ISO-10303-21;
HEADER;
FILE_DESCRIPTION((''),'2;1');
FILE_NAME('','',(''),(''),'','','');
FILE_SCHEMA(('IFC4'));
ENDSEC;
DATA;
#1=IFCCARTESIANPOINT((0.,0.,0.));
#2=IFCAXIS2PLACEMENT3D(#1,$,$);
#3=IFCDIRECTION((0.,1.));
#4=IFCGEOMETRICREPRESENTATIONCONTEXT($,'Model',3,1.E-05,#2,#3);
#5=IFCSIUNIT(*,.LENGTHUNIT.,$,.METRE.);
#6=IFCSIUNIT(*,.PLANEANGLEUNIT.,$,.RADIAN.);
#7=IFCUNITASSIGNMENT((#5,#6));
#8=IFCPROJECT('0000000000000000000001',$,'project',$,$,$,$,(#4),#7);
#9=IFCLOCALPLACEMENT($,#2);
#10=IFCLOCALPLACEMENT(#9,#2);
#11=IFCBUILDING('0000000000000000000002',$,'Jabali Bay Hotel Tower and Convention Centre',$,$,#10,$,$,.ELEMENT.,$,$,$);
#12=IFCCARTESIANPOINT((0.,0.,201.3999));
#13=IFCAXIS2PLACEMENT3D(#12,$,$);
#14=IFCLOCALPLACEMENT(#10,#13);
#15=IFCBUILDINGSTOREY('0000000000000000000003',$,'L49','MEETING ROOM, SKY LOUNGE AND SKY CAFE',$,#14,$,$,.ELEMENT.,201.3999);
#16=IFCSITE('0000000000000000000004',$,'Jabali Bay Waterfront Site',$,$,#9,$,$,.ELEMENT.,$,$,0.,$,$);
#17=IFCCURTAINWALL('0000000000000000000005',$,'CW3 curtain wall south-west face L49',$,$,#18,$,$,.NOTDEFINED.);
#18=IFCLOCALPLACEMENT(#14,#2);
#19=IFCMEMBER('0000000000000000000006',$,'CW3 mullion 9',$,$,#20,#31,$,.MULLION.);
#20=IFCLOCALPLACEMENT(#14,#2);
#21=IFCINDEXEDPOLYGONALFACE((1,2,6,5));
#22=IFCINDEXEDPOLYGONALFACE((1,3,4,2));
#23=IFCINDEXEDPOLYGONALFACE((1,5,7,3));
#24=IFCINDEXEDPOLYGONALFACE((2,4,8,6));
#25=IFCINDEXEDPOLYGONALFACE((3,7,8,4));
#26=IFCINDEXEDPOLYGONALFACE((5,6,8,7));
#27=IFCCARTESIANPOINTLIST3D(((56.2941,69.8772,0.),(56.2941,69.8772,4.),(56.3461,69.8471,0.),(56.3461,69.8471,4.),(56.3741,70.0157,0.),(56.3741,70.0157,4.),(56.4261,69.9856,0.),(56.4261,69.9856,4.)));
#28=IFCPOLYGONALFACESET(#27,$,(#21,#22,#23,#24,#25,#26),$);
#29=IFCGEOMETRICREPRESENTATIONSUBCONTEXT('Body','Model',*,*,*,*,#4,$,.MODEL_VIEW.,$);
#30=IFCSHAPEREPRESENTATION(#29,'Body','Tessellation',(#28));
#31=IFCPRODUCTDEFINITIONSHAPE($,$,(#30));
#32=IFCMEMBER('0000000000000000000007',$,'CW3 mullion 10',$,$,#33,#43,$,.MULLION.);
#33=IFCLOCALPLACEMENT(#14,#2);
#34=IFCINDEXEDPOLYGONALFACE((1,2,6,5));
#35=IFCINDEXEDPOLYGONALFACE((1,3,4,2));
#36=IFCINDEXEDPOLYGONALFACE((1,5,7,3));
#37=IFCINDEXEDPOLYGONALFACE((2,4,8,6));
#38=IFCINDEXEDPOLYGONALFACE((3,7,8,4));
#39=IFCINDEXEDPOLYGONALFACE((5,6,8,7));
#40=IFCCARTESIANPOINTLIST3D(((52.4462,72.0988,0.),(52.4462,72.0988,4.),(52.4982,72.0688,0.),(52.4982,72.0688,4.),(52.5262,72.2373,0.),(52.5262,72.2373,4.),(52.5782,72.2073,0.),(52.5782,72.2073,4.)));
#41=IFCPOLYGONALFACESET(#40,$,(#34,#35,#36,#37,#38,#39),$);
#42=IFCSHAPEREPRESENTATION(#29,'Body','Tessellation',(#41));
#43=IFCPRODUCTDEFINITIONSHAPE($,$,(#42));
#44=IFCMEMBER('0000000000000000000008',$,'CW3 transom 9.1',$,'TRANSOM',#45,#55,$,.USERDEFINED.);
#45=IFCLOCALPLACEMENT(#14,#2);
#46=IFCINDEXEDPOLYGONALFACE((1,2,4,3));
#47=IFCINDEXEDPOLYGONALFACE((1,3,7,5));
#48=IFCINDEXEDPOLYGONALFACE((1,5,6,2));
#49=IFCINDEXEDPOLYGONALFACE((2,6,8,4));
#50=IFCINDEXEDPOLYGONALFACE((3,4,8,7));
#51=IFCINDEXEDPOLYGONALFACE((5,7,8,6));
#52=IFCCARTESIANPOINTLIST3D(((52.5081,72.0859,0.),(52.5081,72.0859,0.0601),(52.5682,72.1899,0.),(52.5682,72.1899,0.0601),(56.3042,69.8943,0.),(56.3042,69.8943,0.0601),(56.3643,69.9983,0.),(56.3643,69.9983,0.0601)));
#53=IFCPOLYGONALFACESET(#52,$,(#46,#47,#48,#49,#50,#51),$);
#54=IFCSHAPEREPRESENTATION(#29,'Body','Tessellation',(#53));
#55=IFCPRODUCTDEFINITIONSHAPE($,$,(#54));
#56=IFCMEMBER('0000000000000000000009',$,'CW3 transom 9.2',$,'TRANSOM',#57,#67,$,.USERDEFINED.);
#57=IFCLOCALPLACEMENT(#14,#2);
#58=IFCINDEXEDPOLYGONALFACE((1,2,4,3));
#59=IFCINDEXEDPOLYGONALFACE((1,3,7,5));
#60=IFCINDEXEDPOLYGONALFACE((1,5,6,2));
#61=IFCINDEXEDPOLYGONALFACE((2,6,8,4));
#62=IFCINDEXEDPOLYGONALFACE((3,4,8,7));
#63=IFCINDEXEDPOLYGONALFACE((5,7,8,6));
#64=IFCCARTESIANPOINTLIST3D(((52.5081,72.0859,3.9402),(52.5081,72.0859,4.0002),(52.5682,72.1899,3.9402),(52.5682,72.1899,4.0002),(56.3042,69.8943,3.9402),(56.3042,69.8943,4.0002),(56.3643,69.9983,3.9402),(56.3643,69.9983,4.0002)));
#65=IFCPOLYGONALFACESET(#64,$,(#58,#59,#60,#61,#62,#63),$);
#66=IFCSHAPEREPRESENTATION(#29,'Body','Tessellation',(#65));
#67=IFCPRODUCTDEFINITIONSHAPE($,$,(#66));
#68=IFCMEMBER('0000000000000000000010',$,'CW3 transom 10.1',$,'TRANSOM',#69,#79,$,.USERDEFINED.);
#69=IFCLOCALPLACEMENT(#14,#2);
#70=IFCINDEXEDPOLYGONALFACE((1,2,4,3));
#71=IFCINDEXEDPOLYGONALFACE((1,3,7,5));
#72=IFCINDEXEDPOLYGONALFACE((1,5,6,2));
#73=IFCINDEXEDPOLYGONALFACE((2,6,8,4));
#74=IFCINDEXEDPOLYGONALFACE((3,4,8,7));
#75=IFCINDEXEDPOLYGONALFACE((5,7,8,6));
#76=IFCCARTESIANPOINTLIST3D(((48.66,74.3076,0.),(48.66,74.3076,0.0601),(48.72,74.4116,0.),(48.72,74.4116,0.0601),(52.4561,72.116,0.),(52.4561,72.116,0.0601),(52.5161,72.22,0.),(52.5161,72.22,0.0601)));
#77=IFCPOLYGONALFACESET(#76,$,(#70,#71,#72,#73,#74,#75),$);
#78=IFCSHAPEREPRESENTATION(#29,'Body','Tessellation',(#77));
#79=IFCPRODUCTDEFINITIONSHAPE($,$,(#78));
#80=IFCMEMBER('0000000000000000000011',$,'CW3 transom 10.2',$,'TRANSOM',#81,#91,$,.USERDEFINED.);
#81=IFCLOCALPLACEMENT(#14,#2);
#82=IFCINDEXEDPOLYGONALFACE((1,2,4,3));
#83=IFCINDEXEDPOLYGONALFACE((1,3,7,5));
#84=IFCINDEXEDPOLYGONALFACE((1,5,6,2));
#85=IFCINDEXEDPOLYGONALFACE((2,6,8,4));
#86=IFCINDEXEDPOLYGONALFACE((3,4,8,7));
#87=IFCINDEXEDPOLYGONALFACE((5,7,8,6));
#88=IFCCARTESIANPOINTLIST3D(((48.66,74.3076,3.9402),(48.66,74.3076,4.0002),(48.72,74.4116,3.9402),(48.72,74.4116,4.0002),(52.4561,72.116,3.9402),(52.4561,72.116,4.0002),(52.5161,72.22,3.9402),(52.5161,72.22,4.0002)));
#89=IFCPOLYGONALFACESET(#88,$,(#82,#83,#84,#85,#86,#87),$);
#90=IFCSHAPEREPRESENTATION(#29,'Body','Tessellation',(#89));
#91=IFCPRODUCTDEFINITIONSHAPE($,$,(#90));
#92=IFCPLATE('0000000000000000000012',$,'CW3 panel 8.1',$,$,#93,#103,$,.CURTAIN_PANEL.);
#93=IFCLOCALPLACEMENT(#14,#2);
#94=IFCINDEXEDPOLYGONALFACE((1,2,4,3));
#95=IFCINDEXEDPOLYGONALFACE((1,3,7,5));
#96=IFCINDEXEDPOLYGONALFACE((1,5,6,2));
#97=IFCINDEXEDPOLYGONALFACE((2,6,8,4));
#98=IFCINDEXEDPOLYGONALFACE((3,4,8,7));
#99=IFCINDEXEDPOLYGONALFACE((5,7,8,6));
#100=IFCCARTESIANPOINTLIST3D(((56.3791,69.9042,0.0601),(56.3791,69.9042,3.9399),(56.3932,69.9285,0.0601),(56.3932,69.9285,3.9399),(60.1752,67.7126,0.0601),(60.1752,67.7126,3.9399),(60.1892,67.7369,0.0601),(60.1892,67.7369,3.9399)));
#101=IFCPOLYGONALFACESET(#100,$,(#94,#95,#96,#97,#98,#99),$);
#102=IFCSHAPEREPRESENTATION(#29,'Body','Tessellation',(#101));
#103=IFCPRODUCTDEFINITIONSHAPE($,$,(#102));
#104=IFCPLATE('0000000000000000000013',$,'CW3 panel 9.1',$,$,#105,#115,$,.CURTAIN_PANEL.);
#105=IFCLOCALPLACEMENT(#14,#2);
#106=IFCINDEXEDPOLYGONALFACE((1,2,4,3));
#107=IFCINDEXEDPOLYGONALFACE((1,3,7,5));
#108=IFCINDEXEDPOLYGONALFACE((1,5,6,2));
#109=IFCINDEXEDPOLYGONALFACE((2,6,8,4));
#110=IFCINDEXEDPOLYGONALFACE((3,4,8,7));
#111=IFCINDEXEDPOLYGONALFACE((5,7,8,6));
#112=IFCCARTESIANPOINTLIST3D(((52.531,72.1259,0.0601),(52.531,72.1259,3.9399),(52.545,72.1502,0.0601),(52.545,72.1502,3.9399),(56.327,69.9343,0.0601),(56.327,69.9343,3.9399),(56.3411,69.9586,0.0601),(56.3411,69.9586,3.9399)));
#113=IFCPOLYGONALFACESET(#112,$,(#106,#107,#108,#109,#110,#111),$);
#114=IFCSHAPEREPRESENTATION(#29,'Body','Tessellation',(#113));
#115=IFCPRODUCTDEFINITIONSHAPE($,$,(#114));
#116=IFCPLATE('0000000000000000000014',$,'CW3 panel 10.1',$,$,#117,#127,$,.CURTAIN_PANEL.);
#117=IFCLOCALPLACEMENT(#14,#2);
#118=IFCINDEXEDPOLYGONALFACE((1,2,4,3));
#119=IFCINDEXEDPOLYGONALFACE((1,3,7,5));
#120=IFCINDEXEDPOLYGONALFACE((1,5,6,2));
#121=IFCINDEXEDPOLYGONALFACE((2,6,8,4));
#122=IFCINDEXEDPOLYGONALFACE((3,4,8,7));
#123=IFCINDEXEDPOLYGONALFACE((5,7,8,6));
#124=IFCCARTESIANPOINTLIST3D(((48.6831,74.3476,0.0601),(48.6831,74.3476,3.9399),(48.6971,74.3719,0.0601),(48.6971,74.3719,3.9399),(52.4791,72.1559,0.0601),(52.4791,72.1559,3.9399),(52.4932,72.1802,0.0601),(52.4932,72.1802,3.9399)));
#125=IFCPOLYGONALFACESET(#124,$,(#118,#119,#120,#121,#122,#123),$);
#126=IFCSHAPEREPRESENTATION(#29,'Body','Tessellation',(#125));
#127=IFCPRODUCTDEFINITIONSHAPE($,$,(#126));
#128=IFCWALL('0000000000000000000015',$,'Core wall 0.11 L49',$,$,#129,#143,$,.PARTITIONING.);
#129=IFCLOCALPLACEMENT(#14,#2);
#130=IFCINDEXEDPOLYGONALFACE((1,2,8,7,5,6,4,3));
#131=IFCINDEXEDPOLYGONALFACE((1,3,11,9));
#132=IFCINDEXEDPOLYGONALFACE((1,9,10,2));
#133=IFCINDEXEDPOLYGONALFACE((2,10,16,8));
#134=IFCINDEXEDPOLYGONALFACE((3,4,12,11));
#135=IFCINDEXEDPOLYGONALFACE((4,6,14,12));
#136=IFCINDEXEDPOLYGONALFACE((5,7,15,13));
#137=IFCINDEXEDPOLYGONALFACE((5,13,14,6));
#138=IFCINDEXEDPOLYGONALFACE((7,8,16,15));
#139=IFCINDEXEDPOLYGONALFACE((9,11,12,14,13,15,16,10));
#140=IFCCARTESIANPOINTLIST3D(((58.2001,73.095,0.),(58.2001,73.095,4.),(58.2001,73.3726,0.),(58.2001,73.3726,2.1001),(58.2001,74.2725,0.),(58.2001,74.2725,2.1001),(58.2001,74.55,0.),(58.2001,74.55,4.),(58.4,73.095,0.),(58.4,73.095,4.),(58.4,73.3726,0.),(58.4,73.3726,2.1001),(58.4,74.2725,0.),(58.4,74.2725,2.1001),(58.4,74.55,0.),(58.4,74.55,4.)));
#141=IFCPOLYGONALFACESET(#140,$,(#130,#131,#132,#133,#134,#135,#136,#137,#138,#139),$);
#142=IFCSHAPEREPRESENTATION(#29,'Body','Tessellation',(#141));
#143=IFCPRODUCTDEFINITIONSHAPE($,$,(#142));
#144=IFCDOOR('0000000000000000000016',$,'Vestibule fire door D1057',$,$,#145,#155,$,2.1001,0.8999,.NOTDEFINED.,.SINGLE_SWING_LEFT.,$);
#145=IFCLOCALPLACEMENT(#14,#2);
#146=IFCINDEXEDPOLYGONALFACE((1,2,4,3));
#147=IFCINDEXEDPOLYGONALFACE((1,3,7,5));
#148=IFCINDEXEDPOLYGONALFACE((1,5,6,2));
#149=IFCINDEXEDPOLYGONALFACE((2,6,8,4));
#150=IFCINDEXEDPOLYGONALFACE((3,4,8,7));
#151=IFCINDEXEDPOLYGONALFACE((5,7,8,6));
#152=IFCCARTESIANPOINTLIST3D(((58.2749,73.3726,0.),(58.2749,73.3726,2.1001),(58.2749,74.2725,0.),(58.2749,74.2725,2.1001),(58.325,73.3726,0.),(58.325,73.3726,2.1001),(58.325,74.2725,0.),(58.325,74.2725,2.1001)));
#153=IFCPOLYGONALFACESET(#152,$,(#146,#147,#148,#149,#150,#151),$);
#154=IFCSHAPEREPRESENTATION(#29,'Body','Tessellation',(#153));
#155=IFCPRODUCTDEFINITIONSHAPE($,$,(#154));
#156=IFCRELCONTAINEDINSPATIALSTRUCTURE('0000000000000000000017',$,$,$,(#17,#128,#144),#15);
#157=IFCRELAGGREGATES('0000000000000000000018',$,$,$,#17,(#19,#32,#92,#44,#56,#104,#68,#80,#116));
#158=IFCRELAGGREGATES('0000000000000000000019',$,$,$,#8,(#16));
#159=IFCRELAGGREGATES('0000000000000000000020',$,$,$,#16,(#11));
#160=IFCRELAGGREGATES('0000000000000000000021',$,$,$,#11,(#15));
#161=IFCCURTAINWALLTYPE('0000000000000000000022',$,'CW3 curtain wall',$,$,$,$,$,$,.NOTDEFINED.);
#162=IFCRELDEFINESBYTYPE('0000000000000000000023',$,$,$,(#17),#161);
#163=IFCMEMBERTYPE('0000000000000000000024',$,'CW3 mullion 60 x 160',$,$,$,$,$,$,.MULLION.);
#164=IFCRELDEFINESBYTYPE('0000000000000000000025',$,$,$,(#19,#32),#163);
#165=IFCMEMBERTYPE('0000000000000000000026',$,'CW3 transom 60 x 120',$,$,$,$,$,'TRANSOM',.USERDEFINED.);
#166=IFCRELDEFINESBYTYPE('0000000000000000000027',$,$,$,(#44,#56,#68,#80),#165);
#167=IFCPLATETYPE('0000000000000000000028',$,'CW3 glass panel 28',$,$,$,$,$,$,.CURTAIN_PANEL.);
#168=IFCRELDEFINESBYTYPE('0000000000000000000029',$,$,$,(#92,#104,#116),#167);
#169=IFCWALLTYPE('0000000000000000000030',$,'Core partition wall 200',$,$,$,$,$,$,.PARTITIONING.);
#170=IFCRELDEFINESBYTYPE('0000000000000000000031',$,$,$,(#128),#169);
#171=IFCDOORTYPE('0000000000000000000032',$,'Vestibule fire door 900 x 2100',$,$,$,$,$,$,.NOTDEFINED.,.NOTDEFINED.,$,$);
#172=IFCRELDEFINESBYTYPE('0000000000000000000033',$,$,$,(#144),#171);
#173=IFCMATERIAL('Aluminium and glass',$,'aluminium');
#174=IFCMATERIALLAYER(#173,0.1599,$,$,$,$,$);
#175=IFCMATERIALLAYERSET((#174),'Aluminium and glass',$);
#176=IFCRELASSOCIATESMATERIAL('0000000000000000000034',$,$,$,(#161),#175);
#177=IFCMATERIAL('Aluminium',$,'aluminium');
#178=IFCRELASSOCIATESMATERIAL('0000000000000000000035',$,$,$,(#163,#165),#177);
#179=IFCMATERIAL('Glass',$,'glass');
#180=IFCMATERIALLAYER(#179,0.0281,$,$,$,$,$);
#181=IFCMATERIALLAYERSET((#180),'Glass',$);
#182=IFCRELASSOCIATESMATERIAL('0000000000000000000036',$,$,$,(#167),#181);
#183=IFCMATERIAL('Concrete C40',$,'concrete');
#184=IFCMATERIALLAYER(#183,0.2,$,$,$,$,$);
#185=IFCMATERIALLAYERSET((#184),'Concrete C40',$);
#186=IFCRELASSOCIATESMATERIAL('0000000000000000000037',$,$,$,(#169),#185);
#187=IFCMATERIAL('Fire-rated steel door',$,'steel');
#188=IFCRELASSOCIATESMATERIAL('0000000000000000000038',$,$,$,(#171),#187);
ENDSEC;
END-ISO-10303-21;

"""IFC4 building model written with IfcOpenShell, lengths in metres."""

from ifc_helpers import new_model, si_unit, direction, frame, frame_2d, origin, origin_2d, place, context, subcontext, project, spatial, rectangle, extrude, material, layer, layer_set, material_profile, profile_set, type_object, element, fill, aggregate, save


model = new_model("IFC4")

# Units and contexts
model_context = context("Model", 3, precision=1e-05, world=origin(), true_north=direction((0.0, 1.0)))
body_context = subcontext(model_context, "Body", "Model", "MODEL_VIEW")
ifc_project = project(units=[si_unit("LENGTHUNIT", "METRE"), si_unit("PLANEANGLEUNIT", "RADIAN")], contexts=[model_context])

# Site, building, storey
site_placement = place(None, origin())
site = spatial("IfcSite", under=ifc_project, at=site_placement, Name="Jabali Bay Waterfront Site", CompositionType="ELEMENT", RefElevation=0.0)
building_placement = place(site_placement, origin())
building = spatial("IfcBuilding", under=site, at=building_placement, Name="Jabali Bay Hotel Tower and Convention Centre", CompositionType="ELEMENT")
storey_placement = place(building_placement, frame((0.0, 0.0, 201.3999)))
storey = spatial("IfcBuildingStorey", under=building, at=storey_placement, Name="L49", Description="MEETING ROOM, SKY LOUNGE AND SKY CAFE", CompositionType="ELEMENT", Elevation=201.3999)

# Curtain wall, members, plates
ifc_material_1 = material(Name="Aluminium and glass", Category="aluminium")
ifc_layer_1 = layer(ifc_material_1, 0.1599)
ifc_layer_set_1 = layer_set([ifc_layer_1], Name="Aluminium and glass")
curtain_wall_type = type_object("IfcCurtainWallType", Name="CW3 curtain wall", PredefinedType="NOTDEFINED", material=ifc_layer_set_1)
curtain_wall_placement = place(storey_placement, origin())
curtain_wall = element("IfcCurtainWall", 1, at=curtain_wall_placement, inside=storey, type_object=curtain_wall_type, Name="CW3 curtain wall south-west face L49", PredefinedType="NOTDEFINED")
ifc_material_2 = material(Name="Aluminium", Category="aluminium")
ifc_material_profile_1 = material_profile(ifc_material_2, rectangle(XDim=0.1599, YDim=0.0601, at=origin_2d()), Name="CW3 mullion 60 x 160")
ifc_profile_set_1 = profile_set([ifc_material_profile_1], Name="Aluminium")
member_type_1 = type_object("IfcMemberType", Name="CW3 mullion 60 x 160", PredefinedType="MULLION", material=ifc_profile_set_1)
member_1_placement = place(storey_placement, frame((56.3601, 69.9314, 0.0), z_axis=(0.0, 0.0, 1.0), x_axis=(-0.5, -0.866025, 0.0)))
member_1 = element("IfcMember", 2, at=member_1_placement, type_object=member_type_1, Name="CW3 mullion 9", PredefinedType="MULLION", context=body_context, shape_type="SweptSolid", body=[
    extrude(rectangle(XDim=0.1599, YDim=0.0601, at=origin_2d()), origin(), (0.0, 0.0, 1.0), 4.0),
])
member_2_placement = place(storey_placement, frame((52.5122, 72.1531, 0.0), z_axis=(0.0, 0.0, 1.0), x_axis=(-0.5, -0.866025, 0.0)))
member_2 = element("IfcMember", 3, at=member_2_placement, type_object=member_type_1, Name="CW3 mullion 10", PredefinedType="MULLION", context=body_context, shape_type="SweptSolid", body=[
    extrude(rectangle(XDim=0.1599, YDim=0.0601, at=origin_2d()), origin(), (0.0, 0.0, 1.0), 4.0),
])
ifc_material_profile_2 = material_profile(ifc_material_2, rectangle(XDim=0.1201, YDim=0.0601, at=origin_2d()), Name="CW3 transom 60 x 120")
ifc_profile_set_2 = profile_set([ifc_material_profile_2], Name="Aluminium")
member_type_2 = type_object("IfcMemberType", Name="CW3 transom 60 x 120", ElementType="TRANSOM", PredefinedType="USERDEFINED", material=ifc_profile_set_2)
member_3_placement = place(storey_placement, frame((56.3342, 69.9463, 0.03), z_axis=(-0.866031, 0.499991, 0.0), x_axis=(-0.499991, -0.866031, 0.0)))
member_3 = element("IfcMember", 4, at=member_3_placement, type_object=member_type_2, Name="CW3 transom 9.1", ObjectType="TRANSOM", PredefinedType="USERDEFINED", context=body_context, shape_type="SweptSolid", body=[
    extrude(rectangle(XDim=0.1201, YDim=0.0601, at=origin_2d()), origin(), (0.0, 0.0, 1.0), 4.3833),
])
member_4_placement = place(storey_placement, frame((56.3342, 69.9463, 3.9702), z_axis=(-0.866031, 0.499991, 0.0), x_axis=(-0.499991, -0.866031, 0.0)))
member_4 = element("IfcMember", 5, at=member_4_placement, type_object=member_type_2, Name="CW3 transom 9.2", ObjectType="TRANSOM", PredefinedType="USERDEFINED", context=body_context, shape_type="SweptSolid", body=[
    extrude(rectangle(XDim=0.1201, YDim=0.0601, at=origin_2d()), origin(), (0.0, 0.0, 1.0), 4.3833),
])
member_5_placement = place(storey_placement, frame((52.4861, 72.168, 0.03), z_axis=(-0.866031, 0.499991, 0.0), x_axis=(-0.499991, -0.866031, 0.0)))
member_5 = element("IfcMember", 6, at=member_5_placement, type_object=member_type_2, Name="CW3 transom 10.1", ObjectType="TRANSOM", PredefinedType="USERDEFINED", context=body_context, shape_type="SweptSolid", body=[
    extrude(rectangle(XDim=0.1201, YDim=0.0601, at=origin_2d()), origin(), (0.0, 0.0, 1.0), 4.3833),
])
member_6_placement = place(storey_placement, frame((52.4861, 72.168, 3.9702), z_axis=(-0.866031, 0.499991, 0.0), x_axis=(-0.499991, -0.866031, 0.0)))
member_6 = element("IfcMember", 7, at=member_6_placement, type_object=member_type_2, Name="CW3 transom 10.2", ObjectType="TRANSOM", PredefinedType="USERDEFINED", context=body_context, shape_type="SweptSolid", body=[
    extrude(rectangle(XDim=0.1201, YDim=0.0601, at=origin_2d()), origin(), (0.0, 0.0, 1.0), 4.3833),
])
ifc_material_3 = material(Name="Glass", Category="glass")
ifc_layer_2 = layer(ifc_material_3, 0.0281)
ifc_layer_set_2 = layer_set([ifc_layer_2], Name="Glass")
plate_type = type_object("IfcPlateType", Name="CW3 glass panel 28", PredefinedType="CURTAIN_PANEL", material=ifc_layer_set_2)
plate_1_placement = place(storey_placement, frame((58.2842, 68.8206, 0.0601), z_axis=(0.0, 0.0, 1.0), x_axis=(-0.866025, 0.5, 0.0)))
plate_1 = element("IfcPlate", 8, at=plate_1_placement, type_object=plate_type, Name="CW3 panel 8.1", PredefinedType="CURTAIN_PANEL", context=body_context, shape_type="SweptSolid", body=[
    extrude(rectangle(XDim=4.3833, YDim=0.0281, at=origin_2d()), origin(), (0.0, 0.0, 1.0), 3.8799),
])
plate_2_placement = place(storey_placement, frame((54.436, 71.0422, 0.0601), z_axis=(0.0, 0.0, 1.0), x_axis=(-0.866025, 0.5, 0.0)))
plate_2 = element("IfcPlate", 9, at=plate_2_placement, type_object=plate_type, Name="CW3 panel 9.1", PredefinedType="CURTAIN_PANEL", context=body_context, shape_type="SweptSolid", body=[
    extrude(rectangle(XDim=4.3833, YDim=0.0281, at=origin_2d()), origin(), (0.0, 0.0, 1.0), 3.8799),
])
plate_3_placement = place(storey_placement, frame((50.5881, 73.2639, 0.0601), z_axis=(0.0, 0.0, 1.0), x_axis=(-0.866025, 0.5, 0.0)))
plate_3 = element("IfcPlate", 10, at=plate_3_placement, type_object=plate_type, Name="CW3 panel 10.1", PredefinedType="CURTAIN_PANEL", context=body_context, shape_type="SweptSolid", body=[
    extrude(rectangle(XDim=4.3833, YDim=0.0281, at=origin_2d()), origin(), (0.0, 0.0, 1.0), 3.8799),
])
aggregate(curtain_wall, [member_1, member_2, plate_1, member_3, member_4, plate_2, member_5, member_6, plate_3])

# Wall, opening, door
ifc_material_4 = material(Name="Concrete C40", Category="concrete")
ifc_layer_3 = layer(ifc_material_4, 0.2)
ifc_layer_set_3 = layer_set([ifc_layer_3], Name="Concrete C40")
wall_type_1 = type_object("IfcWallType", Name="Core partition wall 200", PredefinedType="PARTITIONING", material=ifc_layer_set_3)
wall_1_placement = place(storey_placement, frame((58.3, 74.55, 0.0), z_axis=(0.0, 0.0, 1.0), x_axis=(0.0, -1.0, 0.0)))
wall_1 = element("IfcWall", 11, at=wall_1_placement, inside=storey, type_object=wall_type_1, Name="Core wall 0.11 L49", PredefinedType="PARTITIONING", context=body_context, shape_type="SweptSolid", body=[
    extrude(rectangle(XDim=1.4551, YDim=0.2, at=frame_2d((0.7275, 0.0))), origin(), (0.0, 0.0, 1.0), 4.0),
])
opening_1_placement = place(wall_1_placement, frame((0.2776, 0.0, 0.0)))
opening_1 = element("IfcOpeningElement", 12, at=opening_1_placement, cuts=wall_1, PredefinedType="OPENING", context=body_context, shape_type="SweptSolid", body=[
    extrude(rectangle(XDim=0.8999, YDim=2.1001, at=frame_2d((0.45, 1.05))), frame((0.0, 0.1104, 0.0), z_axis=(0.0, -1.0, 0.0), x_axis=(1.0, 0.0, 0.0)), (0.0, 0.0, 1.0), 0.2209),
])
ifc_material_5 = material(Name="Fire-rated steel door", Category="steel")
door_type_1 = type_object("IfcDoorType", Name="Vestibule fire door 900 x 2100", OperationType="NOTDEFINED", PredefinedType="NOTDEFINED", material=ifc_material_5)
door_1_placement = place(opening_1_placement, origin())
door_1 = element("IfcDoor", 13, at=door_1_placement, inside=storey, type_object=door_type_1, Name="Vestibule fire door D1057", OperationType="SINGLE_SWING_LEFT", OverallHeight=2.1001, OverallWidth=0.8999, PredefinedType="NOTDEFINED", context=body_context, shape_type="SweptSolid", body=[
    extrude(rectangle(XDim=0.8999, YDim=2.1001, at=frame_2d((0.45, 1.05))), frame((0.0, 0.0249, 0.0), z_axis=(0.0, -1.0, 0.0), x_axis=(1.0, 0.0, 0.0)), (0.0, 0.0, 1.0), 0.05),
])
fill(opening_1, door_1)

save(model, "model.ifc")
